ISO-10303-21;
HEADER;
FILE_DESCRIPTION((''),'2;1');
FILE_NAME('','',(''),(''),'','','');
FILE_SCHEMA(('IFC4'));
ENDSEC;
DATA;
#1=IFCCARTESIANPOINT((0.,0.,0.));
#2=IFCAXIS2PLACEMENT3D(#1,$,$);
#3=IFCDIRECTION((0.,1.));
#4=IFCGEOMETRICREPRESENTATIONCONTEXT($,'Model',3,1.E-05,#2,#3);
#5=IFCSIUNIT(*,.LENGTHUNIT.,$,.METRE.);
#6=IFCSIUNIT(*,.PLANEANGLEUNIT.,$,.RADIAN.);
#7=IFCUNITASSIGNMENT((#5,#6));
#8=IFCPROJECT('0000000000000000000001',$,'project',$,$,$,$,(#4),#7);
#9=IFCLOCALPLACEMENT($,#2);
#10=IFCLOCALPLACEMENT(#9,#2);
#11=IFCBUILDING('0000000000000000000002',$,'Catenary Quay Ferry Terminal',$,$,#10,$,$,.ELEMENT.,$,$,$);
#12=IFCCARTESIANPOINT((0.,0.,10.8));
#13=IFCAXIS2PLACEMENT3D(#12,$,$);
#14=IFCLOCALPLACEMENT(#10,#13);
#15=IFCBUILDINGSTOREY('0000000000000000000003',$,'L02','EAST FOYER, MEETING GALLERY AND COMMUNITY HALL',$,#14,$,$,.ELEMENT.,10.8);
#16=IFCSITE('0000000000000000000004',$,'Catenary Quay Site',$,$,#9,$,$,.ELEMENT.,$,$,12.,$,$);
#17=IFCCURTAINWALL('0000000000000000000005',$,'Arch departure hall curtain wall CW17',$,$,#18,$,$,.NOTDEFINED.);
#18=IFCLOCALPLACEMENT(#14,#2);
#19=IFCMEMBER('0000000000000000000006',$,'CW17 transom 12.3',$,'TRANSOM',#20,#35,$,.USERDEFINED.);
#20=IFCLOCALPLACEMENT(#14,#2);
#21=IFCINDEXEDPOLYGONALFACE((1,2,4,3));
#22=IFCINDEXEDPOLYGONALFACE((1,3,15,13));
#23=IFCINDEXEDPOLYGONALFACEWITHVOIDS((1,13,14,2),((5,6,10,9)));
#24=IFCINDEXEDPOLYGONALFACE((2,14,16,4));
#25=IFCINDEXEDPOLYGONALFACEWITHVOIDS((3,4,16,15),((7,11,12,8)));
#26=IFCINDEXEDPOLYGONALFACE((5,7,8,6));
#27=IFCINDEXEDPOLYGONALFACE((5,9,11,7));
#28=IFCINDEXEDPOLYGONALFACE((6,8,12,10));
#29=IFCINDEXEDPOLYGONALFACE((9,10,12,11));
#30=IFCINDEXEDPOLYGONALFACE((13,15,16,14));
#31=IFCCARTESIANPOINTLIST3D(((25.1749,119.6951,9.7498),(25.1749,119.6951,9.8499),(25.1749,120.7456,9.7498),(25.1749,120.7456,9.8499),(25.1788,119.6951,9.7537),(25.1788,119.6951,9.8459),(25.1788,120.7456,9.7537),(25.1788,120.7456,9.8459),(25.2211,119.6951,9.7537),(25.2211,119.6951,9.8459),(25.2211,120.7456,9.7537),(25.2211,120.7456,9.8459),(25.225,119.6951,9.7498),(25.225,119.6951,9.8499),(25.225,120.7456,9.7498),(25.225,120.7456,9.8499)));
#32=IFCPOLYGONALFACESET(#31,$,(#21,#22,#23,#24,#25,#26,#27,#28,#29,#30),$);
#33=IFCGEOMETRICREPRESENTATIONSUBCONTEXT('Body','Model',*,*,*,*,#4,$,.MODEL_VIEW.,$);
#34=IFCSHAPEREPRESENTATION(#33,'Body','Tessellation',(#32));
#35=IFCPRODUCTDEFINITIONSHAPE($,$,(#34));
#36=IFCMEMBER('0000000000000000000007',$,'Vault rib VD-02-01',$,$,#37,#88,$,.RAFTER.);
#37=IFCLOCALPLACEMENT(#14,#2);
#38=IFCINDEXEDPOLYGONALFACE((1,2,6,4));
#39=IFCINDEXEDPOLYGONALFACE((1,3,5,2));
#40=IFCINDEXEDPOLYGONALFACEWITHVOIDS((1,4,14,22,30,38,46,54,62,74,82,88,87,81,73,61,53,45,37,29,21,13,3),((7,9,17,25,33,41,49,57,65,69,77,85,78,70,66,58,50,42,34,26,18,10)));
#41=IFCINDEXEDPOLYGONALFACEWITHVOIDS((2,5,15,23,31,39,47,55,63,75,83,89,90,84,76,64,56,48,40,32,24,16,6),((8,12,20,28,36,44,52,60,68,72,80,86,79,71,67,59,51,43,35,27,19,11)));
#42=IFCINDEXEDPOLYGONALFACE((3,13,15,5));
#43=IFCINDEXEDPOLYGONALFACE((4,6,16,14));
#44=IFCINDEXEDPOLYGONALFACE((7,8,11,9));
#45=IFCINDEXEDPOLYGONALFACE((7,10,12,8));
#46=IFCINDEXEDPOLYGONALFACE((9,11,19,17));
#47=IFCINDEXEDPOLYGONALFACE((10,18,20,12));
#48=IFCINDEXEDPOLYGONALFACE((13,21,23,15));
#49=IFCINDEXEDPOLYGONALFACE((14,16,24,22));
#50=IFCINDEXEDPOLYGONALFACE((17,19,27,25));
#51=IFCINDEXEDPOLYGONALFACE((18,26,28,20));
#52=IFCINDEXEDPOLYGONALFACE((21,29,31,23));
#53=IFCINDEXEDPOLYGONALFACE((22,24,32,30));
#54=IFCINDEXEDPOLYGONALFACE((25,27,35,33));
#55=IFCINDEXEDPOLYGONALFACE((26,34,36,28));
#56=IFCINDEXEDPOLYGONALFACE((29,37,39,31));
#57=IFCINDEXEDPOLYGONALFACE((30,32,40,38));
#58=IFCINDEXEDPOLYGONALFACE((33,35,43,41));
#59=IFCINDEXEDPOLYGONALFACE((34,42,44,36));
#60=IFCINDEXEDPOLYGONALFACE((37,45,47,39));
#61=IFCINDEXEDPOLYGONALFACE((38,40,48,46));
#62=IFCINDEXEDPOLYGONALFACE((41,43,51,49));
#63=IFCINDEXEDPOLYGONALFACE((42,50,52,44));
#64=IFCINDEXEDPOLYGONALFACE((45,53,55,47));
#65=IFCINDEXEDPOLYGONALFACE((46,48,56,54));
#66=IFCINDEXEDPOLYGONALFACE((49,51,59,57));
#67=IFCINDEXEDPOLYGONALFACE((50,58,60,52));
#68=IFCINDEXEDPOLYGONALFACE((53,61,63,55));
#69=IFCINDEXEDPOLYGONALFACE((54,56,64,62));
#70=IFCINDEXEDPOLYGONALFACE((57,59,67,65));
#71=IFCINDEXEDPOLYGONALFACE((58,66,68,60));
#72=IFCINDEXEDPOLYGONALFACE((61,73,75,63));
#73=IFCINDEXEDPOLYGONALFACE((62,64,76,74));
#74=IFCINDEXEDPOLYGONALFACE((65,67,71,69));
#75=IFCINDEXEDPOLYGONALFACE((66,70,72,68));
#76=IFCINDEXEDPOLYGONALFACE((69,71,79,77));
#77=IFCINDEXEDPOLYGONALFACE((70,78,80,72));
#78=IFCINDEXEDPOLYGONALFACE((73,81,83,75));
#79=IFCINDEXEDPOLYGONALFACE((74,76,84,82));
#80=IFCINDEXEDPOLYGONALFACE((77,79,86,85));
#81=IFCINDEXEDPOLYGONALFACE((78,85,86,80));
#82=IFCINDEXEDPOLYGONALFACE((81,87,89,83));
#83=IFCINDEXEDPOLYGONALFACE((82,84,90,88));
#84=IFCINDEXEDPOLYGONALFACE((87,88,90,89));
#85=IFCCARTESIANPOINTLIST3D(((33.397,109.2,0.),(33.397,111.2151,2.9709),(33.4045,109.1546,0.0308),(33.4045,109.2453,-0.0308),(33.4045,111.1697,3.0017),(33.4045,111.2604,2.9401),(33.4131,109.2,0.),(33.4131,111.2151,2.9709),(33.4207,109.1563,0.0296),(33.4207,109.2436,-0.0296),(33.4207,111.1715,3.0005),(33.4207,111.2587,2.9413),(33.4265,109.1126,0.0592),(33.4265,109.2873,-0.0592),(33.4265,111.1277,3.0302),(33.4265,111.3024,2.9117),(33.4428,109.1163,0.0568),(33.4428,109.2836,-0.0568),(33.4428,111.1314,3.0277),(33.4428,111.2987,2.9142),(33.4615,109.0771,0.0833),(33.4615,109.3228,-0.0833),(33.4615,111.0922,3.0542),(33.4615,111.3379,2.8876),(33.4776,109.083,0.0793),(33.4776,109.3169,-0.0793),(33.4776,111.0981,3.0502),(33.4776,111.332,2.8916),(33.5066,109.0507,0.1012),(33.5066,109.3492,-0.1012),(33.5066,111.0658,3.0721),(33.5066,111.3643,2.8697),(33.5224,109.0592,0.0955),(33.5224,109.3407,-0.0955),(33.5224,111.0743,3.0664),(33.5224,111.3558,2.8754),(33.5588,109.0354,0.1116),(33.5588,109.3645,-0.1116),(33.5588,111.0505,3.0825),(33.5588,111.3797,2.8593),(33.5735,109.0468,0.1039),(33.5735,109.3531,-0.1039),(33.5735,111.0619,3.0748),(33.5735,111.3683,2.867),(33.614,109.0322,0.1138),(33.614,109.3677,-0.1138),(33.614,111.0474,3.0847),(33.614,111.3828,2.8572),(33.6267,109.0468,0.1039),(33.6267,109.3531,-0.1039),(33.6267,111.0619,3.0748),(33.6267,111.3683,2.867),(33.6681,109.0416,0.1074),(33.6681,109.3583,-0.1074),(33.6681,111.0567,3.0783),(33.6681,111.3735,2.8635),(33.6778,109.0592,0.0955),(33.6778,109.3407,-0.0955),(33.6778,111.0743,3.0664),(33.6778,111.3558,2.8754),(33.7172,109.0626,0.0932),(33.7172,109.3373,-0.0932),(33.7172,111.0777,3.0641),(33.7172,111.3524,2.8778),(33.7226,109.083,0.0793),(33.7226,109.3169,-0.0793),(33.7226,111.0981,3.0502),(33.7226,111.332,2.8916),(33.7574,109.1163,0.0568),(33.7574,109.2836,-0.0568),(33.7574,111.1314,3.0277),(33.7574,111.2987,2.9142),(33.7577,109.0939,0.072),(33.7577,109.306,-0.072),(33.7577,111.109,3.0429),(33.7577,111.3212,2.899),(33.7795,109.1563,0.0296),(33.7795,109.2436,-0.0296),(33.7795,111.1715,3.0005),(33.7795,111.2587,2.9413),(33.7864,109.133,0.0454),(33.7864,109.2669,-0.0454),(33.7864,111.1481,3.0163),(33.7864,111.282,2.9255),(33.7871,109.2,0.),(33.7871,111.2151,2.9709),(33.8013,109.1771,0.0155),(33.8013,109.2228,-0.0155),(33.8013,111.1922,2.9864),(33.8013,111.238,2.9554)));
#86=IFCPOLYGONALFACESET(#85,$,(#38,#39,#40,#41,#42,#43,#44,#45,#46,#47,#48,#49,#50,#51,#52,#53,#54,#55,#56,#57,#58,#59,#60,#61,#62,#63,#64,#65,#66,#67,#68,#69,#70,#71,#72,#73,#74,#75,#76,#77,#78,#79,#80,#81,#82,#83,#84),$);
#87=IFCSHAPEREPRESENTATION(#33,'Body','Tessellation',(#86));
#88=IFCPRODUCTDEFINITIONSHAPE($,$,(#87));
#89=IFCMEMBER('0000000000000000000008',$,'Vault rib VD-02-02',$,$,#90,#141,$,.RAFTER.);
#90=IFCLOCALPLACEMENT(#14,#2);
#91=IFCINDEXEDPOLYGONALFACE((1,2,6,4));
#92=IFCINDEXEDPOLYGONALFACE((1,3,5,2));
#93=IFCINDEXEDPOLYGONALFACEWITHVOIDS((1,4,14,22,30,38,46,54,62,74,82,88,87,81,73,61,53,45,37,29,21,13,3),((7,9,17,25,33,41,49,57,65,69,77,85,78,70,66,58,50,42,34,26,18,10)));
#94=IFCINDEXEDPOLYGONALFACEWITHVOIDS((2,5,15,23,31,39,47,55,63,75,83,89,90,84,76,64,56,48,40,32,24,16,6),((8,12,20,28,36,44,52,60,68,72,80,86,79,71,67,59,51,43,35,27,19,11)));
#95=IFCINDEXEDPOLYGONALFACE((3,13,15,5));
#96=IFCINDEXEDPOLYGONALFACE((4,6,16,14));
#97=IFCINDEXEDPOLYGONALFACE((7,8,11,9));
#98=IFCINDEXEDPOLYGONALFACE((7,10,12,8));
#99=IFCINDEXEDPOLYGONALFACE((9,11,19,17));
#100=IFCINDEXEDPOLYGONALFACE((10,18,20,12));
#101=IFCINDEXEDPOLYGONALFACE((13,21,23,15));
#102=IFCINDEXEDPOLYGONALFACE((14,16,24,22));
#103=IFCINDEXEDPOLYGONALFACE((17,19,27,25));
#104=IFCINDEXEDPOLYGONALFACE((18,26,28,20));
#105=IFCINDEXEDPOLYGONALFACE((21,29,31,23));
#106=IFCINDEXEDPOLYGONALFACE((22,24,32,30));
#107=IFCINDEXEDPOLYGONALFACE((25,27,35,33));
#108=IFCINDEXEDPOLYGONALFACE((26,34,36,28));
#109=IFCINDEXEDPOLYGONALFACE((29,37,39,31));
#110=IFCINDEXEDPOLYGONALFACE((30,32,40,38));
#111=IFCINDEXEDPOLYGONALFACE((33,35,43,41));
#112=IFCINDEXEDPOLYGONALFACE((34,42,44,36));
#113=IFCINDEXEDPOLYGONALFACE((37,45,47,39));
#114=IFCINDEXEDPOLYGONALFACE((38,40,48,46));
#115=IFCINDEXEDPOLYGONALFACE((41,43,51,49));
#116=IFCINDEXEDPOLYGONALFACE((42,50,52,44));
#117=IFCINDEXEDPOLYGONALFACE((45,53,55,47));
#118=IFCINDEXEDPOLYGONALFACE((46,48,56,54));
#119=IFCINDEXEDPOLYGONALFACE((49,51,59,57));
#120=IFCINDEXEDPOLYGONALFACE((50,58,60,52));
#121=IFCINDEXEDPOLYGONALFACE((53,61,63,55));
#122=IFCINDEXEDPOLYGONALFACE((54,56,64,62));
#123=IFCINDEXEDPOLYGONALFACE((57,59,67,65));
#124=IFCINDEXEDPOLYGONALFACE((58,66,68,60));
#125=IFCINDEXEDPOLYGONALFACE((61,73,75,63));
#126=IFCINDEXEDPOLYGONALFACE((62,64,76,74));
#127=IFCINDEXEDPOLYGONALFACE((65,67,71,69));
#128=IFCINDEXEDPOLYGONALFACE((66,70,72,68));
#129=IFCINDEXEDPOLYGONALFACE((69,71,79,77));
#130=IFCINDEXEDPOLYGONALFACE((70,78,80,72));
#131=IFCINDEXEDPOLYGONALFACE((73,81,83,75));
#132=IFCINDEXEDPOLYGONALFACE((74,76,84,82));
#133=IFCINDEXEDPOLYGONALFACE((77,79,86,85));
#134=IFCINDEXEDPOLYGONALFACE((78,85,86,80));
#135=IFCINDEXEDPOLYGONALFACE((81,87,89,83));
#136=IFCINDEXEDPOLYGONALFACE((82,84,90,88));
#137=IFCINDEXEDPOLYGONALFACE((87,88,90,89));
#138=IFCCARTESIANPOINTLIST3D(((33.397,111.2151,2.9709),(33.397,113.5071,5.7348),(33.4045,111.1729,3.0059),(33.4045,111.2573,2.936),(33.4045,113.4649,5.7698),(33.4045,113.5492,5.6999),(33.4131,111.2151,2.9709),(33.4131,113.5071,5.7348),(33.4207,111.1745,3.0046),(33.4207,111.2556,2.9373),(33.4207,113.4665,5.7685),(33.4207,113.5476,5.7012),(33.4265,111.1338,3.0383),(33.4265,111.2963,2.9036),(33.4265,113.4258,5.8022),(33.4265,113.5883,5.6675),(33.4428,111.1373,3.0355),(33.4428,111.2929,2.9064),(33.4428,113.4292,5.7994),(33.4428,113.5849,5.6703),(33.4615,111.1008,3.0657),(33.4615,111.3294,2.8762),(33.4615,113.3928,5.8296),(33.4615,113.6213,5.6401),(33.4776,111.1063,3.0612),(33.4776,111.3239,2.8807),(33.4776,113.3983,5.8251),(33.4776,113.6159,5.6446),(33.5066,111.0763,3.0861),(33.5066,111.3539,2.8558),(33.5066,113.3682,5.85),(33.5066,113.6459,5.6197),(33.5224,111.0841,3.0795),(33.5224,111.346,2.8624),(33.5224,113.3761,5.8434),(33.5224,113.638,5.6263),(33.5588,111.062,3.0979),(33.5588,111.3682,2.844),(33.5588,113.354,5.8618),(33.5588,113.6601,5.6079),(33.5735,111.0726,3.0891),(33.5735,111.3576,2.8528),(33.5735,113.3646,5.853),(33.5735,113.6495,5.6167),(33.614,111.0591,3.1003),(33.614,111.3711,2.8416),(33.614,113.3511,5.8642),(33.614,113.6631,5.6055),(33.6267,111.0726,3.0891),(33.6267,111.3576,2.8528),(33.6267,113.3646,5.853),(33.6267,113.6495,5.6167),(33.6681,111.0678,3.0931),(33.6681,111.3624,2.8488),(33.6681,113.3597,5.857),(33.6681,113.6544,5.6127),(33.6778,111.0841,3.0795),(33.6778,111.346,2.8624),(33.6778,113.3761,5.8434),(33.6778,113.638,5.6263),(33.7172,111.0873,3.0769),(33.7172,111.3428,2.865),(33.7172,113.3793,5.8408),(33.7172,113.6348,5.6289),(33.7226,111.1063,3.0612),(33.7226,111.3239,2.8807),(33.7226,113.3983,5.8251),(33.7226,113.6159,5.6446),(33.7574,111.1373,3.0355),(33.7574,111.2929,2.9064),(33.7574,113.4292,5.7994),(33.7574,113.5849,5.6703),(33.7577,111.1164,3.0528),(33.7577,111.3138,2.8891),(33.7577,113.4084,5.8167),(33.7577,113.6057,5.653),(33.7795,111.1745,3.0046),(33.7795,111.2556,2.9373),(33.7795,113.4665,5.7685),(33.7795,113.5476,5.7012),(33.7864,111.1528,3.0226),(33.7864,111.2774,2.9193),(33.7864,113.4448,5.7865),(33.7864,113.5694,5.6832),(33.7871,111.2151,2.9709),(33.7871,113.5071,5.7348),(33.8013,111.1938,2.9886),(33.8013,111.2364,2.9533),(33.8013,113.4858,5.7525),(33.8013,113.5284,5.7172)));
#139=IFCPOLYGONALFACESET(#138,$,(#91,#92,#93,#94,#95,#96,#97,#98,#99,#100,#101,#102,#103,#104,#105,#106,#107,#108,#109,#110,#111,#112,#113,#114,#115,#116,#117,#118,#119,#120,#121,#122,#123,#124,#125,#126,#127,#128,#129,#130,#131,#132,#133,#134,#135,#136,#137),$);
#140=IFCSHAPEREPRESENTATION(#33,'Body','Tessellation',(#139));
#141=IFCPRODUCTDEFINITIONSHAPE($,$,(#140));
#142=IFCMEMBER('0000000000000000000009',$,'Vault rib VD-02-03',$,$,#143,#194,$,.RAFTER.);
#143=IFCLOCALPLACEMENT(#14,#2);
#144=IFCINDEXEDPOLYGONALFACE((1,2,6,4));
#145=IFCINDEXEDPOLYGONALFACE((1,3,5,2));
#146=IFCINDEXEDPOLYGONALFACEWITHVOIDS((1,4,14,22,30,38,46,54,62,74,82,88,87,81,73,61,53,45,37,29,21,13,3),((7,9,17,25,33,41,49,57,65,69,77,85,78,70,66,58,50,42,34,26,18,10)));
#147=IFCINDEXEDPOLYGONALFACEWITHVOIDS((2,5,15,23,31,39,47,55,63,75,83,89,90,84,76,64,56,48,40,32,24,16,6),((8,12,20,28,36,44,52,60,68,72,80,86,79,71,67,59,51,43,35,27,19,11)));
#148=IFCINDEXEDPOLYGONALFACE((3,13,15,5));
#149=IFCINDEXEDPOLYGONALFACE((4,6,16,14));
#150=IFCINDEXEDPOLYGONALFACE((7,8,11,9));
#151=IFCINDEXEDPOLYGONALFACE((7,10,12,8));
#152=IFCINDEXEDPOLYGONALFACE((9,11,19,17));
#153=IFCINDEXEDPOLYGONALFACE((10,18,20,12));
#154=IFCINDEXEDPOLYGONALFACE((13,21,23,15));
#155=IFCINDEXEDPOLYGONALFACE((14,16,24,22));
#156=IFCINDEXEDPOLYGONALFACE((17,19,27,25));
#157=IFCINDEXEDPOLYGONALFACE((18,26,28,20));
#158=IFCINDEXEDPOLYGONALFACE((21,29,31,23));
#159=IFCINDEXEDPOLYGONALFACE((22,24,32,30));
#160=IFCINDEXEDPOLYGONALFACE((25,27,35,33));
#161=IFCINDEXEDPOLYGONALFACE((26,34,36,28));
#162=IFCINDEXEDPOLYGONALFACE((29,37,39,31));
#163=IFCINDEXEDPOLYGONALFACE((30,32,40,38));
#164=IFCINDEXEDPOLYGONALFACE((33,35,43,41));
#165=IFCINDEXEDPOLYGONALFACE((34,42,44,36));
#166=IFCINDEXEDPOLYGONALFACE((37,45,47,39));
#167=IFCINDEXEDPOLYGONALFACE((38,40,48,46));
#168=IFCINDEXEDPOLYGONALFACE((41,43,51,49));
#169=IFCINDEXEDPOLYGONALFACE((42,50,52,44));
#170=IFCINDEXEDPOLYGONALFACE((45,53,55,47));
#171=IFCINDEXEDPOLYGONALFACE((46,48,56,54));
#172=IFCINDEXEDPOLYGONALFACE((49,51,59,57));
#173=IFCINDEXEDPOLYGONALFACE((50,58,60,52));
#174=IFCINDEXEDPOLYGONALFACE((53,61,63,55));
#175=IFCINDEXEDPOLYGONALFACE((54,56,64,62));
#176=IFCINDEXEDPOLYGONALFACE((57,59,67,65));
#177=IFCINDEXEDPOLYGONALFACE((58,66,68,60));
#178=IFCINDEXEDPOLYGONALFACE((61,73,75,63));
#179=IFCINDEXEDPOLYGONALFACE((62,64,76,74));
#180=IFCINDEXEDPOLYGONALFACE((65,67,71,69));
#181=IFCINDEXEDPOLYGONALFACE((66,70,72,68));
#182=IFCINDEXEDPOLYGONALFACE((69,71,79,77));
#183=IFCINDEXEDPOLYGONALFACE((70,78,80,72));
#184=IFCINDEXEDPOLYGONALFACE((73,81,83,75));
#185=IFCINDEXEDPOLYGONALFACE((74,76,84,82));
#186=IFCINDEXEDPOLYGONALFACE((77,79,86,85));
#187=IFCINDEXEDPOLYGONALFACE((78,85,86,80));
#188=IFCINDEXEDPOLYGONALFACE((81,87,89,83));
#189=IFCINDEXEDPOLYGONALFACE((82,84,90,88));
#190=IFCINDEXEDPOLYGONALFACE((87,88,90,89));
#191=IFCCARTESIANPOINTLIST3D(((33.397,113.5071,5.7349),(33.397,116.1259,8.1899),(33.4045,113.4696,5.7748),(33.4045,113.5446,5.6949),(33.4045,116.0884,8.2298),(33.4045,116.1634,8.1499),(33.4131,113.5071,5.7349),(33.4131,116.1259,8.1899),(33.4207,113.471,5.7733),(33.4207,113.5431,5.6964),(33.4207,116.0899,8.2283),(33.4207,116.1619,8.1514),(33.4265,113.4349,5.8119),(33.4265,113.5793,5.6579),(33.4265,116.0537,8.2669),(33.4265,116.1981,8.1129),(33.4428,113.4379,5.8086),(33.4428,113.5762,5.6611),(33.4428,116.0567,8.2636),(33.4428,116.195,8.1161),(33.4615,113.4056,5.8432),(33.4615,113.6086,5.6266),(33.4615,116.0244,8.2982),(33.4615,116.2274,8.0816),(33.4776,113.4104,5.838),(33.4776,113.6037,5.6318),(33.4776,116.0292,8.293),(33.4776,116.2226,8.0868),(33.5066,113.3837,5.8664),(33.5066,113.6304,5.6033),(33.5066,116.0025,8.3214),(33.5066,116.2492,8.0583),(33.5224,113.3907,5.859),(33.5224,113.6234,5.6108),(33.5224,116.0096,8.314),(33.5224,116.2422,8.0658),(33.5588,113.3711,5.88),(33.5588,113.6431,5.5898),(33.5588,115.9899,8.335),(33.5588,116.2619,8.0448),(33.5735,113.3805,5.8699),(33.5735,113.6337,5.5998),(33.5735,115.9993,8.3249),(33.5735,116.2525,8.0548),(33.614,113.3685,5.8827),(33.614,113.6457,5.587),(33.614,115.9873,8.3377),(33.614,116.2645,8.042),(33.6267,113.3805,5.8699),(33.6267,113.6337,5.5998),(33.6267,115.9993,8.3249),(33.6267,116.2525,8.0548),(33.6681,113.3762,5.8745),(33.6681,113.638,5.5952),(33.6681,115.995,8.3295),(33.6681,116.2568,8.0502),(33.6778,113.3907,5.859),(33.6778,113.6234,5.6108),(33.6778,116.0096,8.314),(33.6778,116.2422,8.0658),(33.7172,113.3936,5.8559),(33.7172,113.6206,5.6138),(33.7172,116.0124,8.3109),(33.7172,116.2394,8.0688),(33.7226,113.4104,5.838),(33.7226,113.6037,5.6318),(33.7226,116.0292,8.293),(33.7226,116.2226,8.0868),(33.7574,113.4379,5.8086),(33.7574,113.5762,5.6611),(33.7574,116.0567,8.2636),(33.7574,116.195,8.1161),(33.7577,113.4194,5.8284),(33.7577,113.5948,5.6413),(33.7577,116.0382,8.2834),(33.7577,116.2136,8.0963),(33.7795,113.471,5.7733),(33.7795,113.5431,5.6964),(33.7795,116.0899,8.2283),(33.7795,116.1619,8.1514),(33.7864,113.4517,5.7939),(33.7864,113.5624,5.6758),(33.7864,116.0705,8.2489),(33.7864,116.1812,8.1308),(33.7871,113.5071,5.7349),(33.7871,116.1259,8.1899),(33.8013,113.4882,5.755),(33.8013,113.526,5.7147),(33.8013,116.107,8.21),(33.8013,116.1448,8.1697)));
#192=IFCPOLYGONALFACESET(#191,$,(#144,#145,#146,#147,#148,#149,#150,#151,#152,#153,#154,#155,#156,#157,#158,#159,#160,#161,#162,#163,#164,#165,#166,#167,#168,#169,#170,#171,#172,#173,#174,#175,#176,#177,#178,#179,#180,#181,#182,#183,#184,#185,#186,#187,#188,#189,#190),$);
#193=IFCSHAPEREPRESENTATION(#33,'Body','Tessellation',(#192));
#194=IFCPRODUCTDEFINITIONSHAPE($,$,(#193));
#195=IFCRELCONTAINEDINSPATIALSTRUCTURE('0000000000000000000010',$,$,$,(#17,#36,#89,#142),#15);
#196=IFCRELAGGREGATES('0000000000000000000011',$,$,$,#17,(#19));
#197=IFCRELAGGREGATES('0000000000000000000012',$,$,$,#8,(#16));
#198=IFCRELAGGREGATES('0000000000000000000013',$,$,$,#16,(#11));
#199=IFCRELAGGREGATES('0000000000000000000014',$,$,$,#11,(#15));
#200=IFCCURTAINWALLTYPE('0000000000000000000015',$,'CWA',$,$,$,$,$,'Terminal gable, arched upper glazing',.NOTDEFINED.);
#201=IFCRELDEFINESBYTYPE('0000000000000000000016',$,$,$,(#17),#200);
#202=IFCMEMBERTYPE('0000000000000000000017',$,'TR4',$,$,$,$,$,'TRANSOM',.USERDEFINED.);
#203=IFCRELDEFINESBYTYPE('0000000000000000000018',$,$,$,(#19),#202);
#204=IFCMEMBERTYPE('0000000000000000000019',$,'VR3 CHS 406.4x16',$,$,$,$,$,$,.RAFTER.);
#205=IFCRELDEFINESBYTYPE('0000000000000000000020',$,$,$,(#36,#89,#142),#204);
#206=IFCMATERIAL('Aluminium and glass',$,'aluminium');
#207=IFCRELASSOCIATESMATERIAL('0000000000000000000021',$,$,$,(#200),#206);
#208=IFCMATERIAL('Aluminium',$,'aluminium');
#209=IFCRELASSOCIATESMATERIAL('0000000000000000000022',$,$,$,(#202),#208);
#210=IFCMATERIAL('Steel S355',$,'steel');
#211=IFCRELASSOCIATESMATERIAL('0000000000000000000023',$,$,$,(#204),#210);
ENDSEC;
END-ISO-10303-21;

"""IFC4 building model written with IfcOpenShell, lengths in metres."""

from ifc_helpers import new_model, si_unit, direction, frame, origin, origin_2d, place, context, subcontext, project, spatial, hollow_rectangle, hollow_circle, extrude, material, material_profile, profile_set, type_object, element, aggregate, save


model = new_model("IFC4")

# Units and contexts
model_context = context("Model", 3, precision=1e-05, world=origin(), true_north=direction((0.0, 1.0)))
body_context = subcontext(model_context, "Body", "Model", "MODEL_VIEW")
ifc_project = project(units=[si_unit("LENGTHUNIT", "METRE"), si_unit("PLANEANGLEUNIT", "RADIAN")], contexts=[model_context])

# Site, building, storey
site_placement = place(None, origin())
site = spatial("IfcSite", under=ifc_project, at=site_placement, Name="Catenary Quay Site", CompositionType="ELEMENT", RefElevation=12.0)
building_placement = place(site_placement, origin())
building = spatial("IfcBuilding", under=site, at=building_placement, Name="Catenary Quay Ferry Terminal", CompositionType="ELEMENT")
storey_placement = place(building_placement, frame((0.0, 0.0, 10.8)))
storey = spatial("IfcBuildingStorey", under=building, at=storey_placement, Name="L02", Description="EAST FOYER, MEETING GALLERY AND COMMUNITY HALL", CompositionType="ELEMENT", Elevation=10.8)

# Curtain wall, member
ifc_material_1 = material(Name="Aluminium and glass", Category="aluminium")
curtain_wall_type = type_object("IfcCurtainWallType", Name="CWA", ElementType="Terminal gable, arched upper glazing", PredefinedType="NOTDEFINED", material=ifc_material_1)
curtain_wall_placement = place(storey_placement, origin())
curtain_wall = element("IfcCurtainWall", 1, at=curtain_wall_placement, inside=storey, type_object=curtain_wall_type, Name="Arch departure hall curtain wall CW17", PredefinedType="NOTDEFINED")
ifc_material_2 = material(Name="Aluminium", Category="aluminium")
ifc_material_profile_1 = material_profile(ifc_material_2, hollow_rectangle(XDim=0.05, YDim=0.1001, WallThickness=0.0039, at=origin_2d()), Name="TR4")
ifc_profile_set_1 = profile_set([ifc_material_profile_1], Name="Aluminium")
member_type_1 = type_object("IfcMemberType", Name="TR4", ElementType="TRANSOM", PredefinedType="USERDEFINED", material=ifc_profile_set_1)
member_1_placement = place(storey_placement, frame((25.2, 119.6951, 9.7998), z_axis=(0.0, 1.0, 0.0), x_axis=(-1.0, 0.0, 0.0)))
member_1 = element("IfcMember", 2, at=member_1_placement, type_object=member_type_1, Name="CW17 transom 12.3", ObjectType="TRANSOM", PredefinedType="USERDEFINED", context=body_context, shape_type="SweptSolid", body=[
    extrude(hollow_rectangle(XDim=0.05, YDim=0.1001, WallThickness=0.0039, at=origin_2d()), origin(), (0.0, 0.0, 1.0), 1.0505),
])

# Members
ifc_material_3 = material(Name="Steel S355", Category="steel")
ifc_material_profile_2 = material_profile(ifc_material_3, hollow_circle(Radius=0.2031, WallThickness=0.0161, at=origin_2d()), Name="CHS 406.4x16")
ifc_profile_set_2 = profile_set([ifc_material_profile_2], Name="Steel S355")
member_type_2 = type_object("IfcMemberType", Name="VR3 CHS 406.4x16", PredefinedType="RAFTER", material=ifc_profile_set_2)
member_2_placement = place(storey_placement, frame((33.6001, 109.2, 0.0), z_axis=(0.0, 0.561337, 0.827587), x_axis=(-1.0, 0.0, 0.0)))
element("IfcMember", 3, at=member_2_placement, inside=storey, type_object=member_type_2, Name="Vault rib VD-02-01", PredefinedType="RAFTER", context=body_context, shape_type="SweptSolid", body=[
    extrude(hollow_circle(Radius=0.2031, WallThickness=0.0161, at=origin_2d()), origin(), (0.0, 0.0, 1.0), 3.5898),
])
member_3_placement = place(storey_placement, frame((33.6001, 111.2151, 2.9709), z_axis=(0.0, 0.63833, 0.769763), x_axis=(-1.0, 0.0, 0.0)))
element("IfcMember", 4, at=member_3_placement, inside=storey, type_object=member_type_2, Name="Vault rib VD-02-02", PredefinedType="RAFTER", context=body_context, shape_type="SweptSolid", body=[
    extrude(hollow_circle(Radius=0.2031, WallThickness=0.0161, at=origin_2d()), origin(), (0.0, 0.0, 1.0), 3.5906),
])
member_4_placement = place(storey_placement, frame((33.6001, 113.5071, 5.7349), z_axis=(0.0, 0.729556, 0.683921), x_axis=(-1.0, 0.0, 0.0)))
element("IfcMember", 5, at=member_4_placement, inside=storey, type_object=member_type_2, Name="Vault rib VD-02-03", PredefinedType="RAFTER", context=body_context, shape_type="SweptSolid", body=[
    extrude(hollow_circle(Radius=0.2031, WallThickness=0.0161, at=origin_2d()), origin(), (0.0, 0.0, 1.0), 3.5896),
])

aggregate(curtain_wall, [member_1])

save(model, "model.ifc")
